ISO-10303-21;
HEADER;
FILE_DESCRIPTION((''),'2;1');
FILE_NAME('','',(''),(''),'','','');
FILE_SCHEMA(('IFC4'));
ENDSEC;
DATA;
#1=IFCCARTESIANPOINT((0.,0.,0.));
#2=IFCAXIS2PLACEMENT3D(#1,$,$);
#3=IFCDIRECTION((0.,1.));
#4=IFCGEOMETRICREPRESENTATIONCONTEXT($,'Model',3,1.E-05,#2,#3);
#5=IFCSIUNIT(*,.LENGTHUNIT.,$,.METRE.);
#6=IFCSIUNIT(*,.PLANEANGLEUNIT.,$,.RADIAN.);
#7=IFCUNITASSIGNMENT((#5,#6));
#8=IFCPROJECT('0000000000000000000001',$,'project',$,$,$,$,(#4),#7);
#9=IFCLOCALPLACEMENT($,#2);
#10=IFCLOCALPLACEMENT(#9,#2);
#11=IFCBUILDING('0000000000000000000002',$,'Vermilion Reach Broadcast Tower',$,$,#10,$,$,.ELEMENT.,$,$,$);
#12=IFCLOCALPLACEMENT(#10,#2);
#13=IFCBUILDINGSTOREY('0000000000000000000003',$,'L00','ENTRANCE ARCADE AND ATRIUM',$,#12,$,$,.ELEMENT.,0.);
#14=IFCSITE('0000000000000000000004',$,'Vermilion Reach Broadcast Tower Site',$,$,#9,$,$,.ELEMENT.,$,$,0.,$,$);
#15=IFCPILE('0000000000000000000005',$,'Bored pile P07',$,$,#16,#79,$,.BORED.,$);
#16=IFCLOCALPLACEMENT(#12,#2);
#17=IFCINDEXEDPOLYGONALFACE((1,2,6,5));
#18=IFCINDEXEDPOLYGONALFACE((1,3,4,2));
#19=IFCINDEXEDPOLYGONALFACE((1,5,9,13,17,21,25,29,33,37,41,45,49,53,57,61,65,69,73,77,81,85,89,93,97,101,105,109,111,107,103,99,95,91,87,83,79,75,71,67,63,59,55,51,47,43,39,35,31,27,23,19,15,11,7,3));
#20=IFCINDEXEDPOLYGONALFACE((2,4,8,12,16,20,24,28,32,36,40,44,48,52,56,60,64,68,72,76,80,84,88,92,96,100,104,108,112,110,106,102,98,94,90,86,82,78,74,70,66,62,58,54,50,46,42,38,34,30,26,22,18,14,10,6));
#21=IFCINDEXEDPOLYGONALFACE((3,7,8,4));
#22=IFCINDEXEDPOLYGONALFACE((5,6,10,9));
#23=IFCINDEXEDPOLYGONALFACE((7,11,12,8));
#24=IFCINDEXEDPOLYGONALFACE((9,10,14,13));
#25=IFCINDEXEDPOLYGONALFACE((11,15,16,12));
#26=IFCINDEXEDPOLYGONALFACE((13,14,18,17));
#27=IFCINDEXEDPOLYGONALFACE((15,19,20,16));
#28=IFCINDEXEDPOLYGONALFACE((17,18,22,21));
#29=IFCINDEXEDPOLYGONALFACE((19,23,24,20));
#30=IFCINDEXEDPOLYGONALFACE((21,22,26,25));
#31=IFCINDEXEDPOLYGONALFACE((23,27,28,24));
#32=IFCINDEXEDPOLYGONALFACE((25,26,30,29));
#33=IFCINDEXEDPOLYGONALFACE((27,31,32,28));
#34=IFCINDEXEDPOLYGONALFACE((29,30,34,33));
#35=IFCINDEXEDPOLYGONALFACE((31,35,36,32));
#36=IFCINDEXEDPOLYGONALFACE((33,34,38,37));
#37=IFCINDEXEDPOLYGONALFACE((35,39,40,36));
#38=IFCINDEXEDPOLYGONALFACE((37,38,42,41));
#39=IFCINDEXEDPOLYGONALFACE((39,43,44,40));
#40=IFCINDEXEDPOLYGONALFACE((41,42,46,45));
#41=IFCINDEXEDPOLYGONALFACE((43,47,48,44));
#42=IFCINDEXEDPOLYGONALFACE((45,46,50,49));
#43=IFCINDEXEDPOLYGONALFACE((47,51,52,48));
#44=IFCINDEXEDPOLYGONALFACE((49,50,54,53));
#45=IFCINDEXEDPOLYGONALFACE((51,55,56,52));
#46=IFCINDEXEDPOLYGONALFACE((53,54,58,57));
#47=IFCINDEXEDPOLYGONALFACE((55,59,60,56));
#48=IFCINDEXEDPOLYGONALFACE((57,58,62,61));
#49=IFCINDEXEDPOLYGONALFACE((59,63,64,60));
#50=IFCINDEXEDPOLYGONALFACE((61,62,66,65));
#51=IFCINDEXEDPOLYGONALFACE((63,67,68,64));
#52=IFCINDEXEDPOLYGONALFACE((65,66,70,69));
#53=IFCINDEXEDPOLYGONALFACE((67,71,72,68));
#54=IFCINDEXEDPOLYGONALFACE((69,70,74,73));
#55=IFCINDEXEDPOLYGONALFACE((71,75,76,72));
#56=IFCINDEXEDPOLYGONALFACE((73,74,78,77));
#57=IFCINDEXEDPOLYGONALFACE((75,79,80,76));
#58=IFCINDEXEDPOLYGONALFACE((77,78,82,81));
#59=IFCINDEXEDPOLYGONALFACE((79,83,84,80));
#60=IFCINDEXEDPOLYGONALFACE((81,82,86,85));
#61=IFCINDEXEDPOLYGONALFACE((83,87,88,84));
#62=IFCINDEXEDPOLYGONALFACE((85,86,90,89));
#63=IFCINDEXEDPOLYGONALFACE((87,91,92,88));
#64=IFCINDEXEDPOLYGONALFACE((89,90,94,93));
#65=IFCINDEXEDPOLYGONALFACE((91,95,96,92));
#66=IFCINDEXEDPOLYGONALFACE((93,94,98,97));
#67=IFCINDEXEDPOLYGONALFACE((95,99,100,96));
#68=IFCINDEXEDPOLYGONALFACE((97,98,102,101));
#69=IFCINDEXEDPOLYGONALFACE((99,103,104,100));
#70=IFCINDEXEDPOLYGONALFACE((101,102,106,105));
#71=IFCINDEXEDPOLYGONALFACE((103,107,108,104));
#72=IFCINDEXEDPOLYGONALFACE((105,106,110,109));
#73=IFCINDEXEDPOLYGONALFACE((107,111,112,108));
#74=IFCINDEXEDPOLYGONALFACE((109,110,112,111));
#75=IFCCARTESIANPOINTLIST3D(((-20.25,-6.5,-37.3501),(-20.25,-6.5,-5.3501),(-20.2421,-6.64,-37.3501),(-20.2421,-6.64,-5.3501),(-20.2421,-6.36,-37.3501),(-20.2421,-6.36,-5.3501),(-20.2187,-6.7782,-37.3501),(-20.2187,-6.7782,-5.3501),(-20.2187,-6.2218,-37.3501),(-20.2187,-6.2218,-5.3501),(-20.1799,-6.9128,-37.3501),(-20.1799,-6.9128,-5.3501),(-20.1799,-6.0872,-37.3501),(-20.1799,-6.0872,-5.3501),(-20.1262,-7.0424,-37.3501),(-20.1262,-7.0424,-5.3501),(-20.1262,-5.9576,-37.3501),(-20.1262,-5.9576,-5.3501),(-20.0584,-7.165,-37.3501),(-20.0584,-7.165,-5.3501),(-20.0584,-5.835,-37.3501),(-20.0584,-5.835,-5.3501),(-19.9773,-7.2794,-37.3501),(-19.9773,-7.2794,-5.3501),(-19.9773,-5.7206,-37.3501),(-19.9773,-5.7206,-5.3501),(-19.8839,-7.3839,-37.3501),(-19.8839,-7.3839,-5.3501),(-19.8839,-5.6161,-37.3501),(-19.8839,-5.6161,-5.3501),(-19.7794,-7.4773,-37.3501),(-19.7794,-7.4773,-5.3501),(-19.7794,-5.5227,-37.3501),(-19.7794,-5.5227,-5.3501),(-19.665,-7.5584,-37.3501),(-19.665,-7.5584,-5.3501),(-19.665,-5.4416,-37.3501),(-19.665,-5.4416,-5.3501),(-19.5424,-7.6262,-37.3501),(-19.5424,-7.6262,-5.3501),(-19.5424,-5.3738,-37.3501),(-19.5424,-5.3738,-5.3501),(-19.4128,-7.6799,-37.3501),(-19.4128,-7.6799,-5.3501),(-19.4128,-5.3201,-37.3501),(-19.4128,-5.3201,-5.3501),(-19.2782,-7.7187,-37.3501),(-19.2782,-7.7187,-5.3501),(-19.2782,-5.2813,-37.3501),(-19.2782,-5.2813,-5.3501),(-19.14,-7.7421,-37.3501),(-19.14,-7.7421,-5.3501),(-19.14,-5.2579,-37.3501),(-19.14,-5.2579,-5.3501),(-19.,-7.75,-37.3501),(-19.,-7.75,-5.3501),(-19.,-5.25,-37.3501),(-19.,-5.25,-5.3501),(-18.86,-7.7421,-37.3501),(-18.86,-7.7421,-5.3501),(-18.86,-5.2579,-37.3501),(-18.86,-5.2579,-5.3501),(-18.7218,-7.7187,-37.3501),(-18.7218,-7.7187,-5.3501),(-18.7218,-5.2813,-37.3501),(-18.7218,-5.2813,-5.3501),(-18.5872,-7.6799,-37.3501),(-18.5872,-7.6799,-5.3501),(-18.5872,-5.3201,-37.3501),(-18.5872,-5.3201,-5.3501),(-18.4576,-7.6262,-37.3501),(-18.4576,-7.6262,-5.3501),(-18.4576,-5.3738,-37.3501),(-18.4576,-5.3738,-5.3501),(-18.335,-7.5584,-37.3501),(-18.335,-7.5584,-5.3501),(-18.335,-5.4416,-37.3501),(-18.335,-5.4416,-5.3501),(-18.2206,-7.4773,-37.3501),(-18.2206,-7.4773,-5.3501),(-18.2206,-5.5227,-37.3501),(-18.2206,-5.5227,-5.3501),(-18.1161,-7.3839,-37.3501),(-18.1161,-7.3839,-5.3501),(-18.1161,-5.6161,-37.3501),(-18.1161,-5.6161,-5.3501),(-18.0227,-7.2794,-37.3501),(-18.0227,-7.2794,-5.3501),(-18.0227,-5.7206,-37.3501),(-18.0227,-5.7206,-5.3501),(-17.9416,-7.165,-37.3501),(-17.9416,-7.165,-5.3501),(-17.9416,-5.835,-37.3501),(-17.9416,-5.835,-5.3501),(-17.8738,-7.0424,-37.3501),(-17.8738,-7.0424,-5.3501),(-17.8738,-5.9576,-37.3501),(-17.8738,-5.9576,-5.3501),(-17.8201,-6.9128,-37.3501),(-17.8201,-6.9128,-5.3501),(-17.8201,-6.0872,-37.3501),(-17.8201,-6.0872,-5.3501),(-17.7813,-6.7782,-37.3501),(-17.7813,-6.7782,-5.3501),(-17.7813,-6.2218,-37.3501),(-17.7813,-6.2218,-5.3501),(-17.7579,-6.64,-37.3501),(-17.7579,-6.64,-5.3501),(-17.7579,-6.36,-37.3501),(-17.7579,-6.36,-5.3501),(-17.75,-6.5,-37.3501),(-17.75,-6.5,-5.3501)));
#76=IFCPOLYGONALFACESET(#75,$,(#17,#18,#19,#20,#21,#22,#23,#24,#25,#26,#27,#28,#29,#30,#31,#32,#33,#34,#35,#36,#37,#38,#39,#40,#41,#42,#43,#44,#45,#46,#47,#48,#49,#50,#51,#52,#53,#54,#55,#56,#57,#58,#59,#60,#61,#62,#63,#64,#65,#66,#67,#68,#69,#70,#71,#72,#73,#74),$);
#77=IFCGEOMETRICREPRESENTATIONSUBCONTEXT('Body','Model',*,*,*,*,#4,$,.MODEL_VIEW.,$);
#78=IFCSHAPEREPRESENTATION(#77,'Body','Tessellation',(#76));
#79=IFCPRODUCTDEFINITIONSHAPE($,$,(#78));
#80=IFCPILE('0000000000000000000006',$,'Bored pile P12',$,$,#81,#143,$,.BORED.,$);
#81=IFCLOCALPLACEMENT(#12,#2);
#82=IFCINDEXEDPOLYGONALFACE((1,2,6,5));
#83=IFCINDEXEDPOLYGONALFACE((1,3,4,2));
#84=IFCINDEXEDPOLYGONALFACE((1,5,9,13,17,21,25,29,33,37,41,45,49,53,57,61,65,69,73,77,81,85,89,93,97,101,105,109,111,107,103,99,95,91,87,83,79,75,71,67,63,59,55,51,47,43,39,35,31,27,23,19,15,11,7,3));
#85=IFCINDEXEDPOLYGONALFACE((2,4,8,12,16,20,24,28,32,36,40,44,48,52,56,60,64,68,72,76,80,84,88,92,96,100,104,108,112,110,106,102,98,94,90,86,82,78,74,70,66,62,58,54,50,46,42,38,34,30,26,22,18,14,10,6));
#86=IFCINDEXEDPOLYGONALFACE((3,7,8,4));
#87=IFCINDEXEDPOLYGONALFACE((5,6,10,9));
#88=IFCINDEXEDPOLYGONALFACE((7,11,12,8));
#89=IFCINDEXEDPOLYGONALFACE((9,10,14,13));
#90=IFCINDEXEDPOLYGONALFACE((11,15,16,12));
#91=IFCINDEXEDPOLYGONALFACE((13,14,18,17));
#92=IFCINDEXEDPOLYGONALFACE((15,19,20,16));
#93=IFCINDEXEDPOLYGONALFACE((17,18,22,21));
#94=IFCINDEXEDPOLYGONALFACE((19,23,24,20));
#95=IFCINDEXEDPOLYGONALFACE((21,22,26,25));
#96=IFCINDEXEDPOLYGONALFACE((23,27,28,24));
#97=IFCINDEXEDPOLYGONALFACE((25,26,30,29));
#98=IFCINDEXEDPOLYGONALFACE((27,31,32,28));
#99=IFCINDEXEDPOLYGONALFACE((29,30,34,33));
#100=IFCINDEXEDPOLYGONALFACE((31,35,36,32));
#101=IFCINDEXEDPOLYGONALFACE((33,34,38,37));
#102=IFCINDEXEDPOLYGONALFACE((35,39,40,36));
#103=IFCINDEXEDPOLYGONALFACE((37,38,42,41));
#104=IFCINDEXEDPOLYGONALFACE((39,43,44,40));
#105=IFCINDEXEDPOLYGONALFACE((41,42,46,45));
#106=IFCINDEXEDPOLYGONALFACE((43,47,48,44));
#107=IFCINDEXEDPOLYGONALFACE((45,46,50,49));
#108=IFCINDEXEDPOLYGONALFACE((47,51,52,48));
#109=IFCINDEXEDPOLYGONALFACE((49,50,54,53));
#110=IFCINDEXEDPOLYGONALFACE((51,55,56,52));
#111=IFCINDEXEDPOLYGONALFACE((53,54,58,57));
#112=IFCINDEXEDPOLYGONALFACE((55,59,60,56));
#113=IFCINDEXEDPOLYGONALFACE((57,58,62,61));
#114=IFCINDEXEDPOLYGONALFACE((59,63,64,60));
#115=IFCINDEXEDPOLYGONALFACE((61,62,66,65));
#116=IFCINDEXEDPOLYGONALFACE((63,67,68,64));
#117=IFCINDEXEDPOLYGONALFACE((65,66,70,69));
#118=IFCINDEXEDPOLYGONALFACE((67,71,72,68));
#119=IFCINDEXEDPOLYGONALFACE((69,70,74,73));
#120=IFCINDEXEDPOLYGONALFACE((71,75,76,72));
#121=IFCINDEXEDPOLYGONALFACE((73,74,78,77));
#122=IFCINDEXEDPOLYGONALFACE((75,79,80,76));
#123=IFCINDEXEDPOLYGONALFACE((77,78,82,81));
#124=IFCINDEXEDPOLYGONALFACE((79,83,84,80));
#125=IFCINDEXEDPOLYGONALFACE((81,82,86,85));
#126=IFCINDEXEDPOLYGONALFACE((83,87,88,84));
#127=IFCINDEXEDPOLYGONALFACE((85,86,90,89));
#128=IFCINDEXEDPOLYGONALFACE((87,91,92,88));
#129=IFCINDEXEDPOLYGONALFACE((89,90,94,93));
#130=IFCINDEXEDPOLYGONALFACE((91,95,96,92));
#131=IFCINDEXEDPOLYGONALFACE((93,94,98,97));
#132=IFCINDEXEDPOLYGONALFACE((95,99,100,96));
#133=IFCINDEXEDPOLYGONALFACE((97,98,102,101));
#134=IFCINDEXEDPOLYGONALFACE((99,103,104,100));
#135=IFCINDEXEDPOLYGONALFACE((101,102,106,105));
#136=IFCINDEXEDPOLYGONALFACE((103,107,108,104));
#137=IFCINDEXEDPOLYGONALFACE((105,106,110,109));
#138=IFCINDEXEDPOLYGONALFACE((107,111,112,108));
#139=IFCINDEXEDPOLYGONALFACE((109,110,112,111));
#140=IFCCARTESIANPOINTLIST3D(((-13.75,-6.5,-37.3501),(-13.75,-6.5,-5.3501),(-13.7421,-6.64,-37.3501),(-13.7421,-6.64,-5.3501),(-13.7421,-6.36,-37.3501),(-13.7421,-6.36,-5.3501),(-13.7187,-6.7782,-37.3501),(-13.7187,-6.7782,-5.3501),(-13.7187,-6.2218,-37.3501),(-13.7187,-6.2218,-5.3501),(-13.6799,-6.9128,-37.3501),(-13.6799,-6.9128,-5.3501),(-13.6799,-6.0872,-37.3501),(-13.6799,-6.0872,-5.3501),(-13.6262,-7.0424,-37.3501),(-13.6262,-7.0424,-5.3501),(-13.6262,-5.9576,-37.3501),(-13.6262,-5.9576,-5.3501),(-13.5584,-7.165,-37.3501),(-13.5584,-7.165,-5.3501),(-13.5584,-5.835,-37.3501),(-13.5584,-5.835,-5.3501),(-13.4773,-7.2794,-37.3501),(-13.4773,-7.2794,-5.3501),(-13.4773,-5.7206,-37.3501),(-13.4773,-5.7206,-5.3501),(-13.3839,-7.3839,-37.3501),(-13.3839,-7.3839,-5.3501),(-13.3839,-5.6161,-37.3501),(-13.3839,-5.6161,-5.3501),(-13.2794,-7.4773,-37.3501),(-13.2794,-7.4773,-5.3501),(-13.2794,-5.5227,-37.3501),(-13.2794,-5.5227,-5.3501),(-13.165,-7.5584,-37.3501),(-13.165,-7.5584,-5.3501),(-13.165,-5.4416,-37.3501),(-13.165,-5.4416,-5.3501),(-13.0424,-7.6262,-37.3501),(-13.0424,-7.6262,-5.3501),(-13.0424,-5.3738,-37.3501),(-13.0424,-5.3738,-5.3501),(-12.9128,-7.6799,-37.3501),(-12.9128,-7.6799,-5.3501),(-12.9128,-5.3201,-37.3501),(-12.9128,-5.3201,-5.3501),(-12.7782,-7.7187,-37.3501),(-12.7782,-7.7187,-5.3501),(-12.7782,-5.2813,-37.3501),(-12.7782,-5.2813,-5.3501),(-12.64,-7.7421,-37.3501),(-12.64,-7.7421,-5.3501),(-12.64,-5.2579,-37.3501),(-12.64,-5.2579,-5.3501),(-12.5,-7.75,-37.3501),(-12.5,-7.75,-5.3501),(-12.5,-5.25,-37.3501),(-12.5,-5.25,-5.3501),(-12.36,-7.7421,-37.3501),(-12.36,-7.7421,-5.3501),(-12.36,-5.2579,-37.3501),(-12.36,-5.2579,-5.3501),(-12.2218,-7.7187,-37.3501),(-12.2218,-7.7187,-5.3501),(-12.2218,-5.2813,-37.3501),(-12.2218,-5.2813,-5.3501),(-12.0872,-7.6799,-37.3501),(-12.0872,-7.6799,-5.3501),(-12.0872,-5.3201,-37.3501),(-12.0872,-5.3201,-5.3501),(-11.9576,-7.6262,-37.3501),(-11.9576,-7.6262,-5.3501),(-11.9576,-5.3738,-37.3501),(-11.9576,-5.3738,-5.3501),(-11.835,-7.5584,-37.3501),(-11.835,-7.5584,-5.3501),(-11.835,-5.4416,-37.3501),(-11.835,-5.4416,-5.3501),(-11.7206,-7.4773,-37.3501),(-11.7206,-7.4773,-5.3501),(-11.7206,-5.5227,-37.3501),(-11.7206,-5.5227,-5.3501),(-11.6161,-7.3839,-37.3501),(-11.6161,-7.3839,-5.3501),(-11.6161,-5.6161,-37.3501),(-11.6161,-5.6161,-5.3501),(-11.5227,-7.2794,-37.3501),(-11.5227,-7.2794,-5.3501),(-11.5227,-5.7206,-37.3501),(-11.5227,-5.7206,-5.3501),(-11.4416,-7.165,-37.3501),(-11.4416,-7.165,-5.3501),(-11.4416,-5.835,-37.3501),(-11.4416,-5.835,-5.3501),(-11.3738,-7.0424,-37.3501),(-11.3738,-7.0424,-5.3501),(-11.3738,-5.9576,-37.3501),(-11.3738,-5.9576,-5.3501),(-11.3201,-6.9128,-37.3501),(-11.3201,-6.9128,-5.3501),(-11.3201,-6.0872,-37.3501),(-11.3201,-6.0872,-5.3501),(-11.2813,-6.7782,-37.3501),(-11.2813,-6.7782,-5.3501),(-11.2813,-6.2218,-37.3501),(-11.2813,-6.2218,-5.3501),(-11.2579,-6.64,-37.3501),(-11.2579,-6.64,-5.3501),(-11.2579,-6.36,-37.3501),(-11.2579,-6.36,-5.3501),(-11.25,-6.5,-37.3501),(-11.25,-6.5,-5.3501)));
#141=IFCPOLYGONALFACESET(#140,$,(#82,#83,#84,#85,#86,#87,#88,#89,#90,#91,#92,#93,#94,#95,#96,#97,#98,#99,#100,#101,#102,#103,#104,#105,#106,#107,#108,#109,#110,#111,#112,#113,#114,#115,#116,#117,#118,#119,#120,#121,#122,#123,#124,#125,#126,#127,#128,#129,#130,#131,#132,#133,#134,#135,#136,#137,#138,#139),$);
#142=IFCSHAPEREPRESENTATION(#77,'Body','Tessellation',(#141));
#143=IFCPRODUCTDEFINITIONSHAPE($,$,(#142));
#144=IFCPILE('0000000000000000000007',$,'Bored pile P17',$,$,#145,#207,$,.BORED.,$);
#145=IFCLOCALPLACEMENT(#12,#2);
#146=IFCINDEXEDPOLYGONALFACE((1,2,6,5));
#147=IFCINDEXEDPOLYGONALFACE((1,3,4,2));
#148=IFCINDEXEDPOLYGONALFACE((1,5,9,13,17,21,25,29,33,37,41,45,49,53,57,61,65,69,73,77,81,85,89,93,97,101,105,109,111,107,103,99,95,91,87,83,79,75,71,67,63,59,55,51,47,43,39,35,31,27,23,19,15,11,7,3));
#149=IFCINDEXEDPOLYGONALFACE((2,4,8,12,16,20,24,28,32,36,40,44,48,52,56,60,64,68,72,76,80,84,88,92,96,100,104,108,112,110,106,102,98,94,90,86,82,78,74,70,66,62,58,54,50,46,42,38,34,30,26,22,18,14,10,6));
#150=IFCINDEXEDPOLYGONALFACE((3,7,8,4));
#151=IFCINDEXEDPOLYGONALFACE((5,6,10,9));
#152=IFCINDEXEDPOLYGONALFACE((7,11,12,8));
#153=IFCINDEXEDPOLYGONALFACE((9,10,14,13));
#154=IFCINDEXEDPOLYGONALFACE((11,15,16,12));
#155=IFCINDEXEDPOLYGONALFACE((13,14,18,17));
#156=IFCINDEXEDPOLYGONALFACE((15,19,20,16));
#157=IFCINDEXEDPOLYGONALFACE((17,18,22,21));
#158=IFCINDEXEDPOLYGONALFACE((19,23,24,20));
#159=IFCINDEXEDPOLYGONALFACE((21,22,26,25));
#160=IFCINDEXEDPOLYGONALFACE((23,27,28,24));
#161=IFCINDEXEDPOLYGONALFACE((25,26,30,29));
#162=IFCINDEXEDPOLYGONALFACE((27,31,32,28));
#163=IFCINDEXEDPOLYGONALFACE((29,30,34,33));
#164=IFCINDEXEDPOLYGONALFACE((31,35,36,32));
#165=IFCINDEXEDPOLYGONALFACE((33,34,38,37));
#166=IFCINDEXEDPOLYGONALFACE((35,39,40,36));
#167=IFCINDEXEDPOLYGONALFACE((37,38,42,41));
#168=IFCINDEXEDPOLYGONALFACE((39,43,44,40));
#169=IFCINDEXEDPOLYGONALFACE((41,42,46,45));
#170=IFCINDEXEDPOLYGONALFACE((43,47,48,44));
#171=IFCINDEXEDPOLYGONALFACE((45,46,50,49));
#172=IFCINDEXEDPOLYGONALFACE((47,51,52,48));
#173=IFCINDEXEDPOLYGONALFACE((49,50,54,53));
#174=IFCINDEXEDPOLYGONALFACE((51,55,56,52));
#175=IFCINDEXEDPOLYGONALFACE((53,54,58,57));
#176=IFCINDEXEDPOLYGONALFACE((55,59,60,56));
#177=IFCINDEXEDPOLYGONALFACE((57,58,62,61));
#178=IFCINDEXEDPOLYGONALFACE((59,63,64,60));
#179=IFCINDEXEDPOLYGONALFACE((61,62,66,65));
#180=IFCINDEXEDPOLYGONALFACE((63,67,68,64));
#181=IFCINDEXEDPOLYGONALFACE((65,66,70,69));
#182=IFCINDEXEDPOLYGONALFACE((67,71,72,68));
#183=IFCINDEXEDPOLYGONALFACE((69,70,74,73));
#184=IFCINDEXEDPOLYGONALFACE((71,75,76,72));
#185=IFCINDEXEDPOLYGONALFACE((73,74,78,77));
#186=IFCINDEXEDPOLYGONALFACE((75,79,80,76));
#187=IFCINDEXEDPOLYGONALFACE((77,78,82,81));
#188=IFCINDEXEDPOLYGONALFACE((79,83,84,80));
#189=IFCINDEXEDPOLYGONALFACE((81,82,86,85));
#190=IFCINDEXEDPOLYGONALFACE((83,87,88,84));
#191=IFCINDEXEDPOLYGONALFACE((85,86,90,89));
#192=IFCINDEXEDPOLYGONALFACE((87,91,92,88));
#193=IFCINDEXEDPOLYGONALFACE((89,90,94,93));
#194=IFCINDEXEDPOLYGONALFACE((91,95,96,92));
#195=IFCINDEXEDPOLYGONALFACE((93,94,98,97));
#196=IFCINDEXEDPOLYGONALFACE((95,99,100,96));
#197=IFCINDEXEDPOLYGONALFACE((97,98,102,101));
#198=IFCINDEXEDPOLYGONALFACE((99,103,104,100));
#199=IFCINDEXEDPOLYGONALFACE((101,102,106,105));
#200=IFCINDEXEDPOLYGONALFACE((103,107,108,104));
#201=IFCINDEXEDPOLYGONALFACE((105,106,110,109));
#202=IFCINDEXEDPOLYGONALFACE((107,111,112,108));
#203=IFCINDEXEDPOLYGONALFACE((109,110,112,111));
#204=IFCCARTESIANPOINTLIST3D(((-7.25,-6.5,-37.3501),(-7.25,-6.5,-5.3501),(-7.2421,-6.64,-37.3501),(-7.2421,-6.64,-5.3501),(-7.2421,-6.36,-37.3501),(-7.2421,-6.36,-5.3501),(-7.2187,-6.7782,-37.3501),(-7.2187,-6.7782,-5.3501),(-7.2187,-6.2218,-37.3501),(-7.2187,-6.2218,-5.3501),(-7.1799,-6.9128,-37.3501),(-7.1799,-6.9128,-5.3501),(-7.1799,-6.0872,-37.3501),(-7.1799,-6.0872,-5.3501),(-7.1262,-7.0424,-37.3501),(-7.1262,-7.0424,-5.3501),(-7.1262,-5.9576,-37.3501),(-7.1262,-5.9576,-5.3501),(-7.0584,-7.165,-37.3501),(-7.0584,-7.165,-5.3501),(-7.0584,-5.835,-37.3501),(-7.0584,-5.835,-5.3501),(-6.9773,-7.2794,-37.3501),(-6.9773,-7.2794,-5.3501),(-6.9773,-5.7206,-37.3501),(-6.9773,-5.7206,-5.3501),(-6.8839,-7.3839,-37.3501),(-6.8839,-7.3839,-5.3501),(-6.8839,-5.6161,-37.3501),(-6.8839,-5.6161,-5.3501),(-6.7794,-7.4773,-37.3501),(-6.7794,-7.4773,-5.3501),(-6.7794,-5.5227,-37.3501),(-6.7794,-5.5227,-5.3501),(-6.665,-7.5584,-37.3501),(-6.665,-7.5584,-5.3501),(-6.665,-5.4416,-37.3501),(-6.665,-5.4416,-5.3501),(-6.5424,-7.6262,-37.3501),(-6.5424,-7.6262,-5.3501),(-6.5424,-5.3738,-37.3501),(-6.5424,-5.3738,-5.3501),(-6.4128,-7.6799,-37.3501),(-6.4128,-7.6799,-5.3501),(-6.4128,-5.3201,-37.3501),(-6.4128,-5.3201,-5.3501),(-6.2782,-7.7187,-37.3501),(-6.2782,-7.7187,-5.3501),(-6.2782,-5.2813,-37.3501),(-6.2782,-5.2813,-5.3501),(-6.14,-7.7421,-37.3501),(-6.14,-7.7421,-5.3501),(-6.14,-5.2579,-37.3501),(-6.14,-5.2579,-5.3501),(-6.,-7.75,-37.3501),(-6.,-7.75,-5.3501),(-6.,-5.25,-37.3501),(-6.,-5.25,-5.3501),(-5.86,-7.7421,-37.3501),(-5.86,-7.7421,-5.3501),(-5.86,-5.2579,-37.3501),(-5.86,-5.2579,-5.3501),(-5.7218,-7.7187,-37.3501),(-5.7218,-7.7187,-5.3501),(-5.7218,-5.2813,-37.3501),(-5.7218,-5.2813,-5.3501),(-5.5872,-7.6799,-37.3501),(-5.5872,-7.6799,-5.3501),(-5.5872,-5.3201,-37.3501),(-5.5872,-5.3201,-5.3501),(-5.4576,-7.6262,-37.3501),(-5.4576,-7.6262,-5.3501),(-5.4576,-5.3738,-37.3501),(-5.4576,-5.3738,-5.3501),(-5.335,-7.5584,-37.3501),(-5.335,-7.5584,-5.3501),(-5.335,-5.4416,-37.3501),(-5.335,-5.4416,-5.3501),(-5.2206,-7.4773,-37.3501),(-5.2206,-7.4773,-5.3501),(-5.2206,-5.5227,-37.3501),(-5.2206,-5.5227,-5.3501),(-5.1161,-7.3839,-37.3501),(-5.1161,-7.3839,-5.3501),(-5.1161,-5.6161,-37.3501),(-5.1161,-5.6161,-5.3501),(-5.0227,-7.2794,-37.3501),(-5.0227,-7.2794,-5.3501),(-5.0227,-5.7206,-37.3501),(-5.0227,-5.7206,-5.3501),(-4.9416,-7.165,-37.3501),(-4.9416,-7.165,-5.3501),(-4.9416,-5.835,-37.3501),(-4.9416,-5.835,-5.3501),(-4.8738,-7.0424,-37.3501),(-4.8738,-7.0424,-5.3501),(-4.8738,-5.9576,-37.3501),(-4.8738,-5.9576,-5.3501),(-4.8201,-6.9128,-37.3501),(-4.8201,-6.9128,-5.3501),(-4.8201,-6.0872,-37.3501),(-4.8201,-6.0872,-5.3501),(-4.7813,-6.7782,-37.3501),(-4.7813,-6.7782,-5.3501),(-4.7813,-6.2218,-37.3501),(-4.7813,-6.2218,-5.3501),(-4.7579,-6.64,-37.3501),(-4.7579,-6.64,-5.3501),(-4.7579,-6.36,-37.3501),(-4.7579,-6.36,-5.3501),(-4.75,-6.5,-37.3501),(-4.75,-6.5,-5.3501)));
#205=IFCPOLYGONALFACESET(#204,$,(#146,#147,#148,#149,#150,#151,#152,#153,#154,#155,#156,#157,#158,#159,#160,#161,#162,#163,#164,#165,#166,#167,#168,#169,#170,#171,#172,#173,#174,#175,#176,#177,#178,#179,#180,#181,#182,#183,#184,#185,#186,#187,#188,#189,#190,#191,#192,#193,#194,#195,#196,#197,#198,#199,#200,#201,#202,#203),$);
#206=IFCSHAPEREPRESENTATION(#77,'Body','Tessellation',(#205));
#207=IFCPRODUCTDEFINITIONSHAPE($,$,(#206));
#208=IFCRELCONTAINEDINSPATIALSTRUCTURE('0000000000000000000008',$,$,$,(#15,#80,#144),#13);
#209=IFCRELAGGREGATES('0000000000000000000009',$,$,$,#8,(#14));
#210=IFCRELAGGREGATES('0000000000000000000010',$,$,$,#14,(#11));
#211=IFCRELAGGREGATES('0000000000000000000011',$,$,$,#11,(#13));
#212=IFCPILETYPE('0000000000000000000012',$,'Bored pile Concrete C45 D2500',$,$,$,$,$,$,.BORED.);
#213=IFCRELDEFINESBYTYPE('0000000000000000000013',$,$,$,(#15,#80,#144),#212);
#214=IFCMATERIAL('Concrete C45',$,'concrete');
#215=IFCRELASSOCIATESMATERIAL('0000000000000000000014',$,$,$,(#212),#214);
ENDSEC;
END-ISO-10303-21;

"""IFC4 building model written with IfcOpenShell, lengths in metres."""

from ifc_helpers import new_model, si_unit, direction, frame, origin, origin_2d, place, context, subcontext, project, spatial, circle, extrude, material, material_profile, profile_set, type_object, element, save


model = new_model("IFC4")

# Units and contexts
model_context = context("Model", 3, precision=1e-05, world=origin(), true_north=direction((0.0, 1.0)))
body_context = subcontext(model_context, "Body", "Model", "MODEL_VIEW")
ifc_project = project(units=[si_unit("LENGTHUNIT", "METRE"), si_unit("PLANEANGLEUNIT", "RADIAN")], contexts=[model_context])

# Site, building, storey
site_placement = place(None, origin())
site = spatial("IfcSite", under=ifc_project, at=site_placement, Name="Vermilion Reach Broadcast Tower Site", CompositionType="ELEMENT", RefElevation=0.0)
building_placement = place(site_placement, origin())
building = spatial("IfcBuilding", under=site, at=building_placement, Name="Vermilion Reach Broadcast Tower", CompositionType="ELEMENT")
storey_placement = place(building_placement, origin())
storey = spatial("IfcBuildingStorey", under=building, at=storey_placement, Name="L00", Description="ENTRANCE ARCADE AND ATRIUM", CompositionType="ELEMENT", Elevation=0.0)

# Piles
ifc_material_1 = material(Name="Concrete C45", Category="concrete")
ifc_material_profile_1 = material_profile(ifc_material_1, circle(Radius=1.25, at=origin_2d()), Name="Concrete C45 D2500")
ifc_profile_set_1 = profile_set([ifc_material_profile_1], Name="Concrete C45")
pile_type = type_object("IfcPileType", Name="Bored pile Concrete C45 D2500", PredefinedType="BORED", material=ifc_profile_set_1)
for number, where, z_axis, x_axis, name in (
    (1, (-19.0, -6.5, -5.3501), (0.0, 0.0, -1.0), (1.0, 0.0, 0.0), "Bored pile P07"),
    (2, (-12.5, -6.5, -5.3501), (0.0, 0.0, -1.0), (1.0, 0.0, 0.0), "Bored pile P12"),
    (3, (-6.0, -6.5, -5.3501), (0.0, 0.0, -1.0), (1.0, 0.0, 0.0), "Bored pile P17"),
):
    element("IfcPile", number, at=place(storey_placement, frame(where, z_axis=z_axis, x_axis=x_axis)), inside=storey, type_object=pile_type, Name=name, PredefinedType="BORED", context=body_context, shape_type="SweptSolid", body=[
        extrude(circle(Radius=1.25, at=origin_2d()), origin(), (0.0, 0.0, 1.0), 32.0),
    ])

save(model, "model.ifc")
